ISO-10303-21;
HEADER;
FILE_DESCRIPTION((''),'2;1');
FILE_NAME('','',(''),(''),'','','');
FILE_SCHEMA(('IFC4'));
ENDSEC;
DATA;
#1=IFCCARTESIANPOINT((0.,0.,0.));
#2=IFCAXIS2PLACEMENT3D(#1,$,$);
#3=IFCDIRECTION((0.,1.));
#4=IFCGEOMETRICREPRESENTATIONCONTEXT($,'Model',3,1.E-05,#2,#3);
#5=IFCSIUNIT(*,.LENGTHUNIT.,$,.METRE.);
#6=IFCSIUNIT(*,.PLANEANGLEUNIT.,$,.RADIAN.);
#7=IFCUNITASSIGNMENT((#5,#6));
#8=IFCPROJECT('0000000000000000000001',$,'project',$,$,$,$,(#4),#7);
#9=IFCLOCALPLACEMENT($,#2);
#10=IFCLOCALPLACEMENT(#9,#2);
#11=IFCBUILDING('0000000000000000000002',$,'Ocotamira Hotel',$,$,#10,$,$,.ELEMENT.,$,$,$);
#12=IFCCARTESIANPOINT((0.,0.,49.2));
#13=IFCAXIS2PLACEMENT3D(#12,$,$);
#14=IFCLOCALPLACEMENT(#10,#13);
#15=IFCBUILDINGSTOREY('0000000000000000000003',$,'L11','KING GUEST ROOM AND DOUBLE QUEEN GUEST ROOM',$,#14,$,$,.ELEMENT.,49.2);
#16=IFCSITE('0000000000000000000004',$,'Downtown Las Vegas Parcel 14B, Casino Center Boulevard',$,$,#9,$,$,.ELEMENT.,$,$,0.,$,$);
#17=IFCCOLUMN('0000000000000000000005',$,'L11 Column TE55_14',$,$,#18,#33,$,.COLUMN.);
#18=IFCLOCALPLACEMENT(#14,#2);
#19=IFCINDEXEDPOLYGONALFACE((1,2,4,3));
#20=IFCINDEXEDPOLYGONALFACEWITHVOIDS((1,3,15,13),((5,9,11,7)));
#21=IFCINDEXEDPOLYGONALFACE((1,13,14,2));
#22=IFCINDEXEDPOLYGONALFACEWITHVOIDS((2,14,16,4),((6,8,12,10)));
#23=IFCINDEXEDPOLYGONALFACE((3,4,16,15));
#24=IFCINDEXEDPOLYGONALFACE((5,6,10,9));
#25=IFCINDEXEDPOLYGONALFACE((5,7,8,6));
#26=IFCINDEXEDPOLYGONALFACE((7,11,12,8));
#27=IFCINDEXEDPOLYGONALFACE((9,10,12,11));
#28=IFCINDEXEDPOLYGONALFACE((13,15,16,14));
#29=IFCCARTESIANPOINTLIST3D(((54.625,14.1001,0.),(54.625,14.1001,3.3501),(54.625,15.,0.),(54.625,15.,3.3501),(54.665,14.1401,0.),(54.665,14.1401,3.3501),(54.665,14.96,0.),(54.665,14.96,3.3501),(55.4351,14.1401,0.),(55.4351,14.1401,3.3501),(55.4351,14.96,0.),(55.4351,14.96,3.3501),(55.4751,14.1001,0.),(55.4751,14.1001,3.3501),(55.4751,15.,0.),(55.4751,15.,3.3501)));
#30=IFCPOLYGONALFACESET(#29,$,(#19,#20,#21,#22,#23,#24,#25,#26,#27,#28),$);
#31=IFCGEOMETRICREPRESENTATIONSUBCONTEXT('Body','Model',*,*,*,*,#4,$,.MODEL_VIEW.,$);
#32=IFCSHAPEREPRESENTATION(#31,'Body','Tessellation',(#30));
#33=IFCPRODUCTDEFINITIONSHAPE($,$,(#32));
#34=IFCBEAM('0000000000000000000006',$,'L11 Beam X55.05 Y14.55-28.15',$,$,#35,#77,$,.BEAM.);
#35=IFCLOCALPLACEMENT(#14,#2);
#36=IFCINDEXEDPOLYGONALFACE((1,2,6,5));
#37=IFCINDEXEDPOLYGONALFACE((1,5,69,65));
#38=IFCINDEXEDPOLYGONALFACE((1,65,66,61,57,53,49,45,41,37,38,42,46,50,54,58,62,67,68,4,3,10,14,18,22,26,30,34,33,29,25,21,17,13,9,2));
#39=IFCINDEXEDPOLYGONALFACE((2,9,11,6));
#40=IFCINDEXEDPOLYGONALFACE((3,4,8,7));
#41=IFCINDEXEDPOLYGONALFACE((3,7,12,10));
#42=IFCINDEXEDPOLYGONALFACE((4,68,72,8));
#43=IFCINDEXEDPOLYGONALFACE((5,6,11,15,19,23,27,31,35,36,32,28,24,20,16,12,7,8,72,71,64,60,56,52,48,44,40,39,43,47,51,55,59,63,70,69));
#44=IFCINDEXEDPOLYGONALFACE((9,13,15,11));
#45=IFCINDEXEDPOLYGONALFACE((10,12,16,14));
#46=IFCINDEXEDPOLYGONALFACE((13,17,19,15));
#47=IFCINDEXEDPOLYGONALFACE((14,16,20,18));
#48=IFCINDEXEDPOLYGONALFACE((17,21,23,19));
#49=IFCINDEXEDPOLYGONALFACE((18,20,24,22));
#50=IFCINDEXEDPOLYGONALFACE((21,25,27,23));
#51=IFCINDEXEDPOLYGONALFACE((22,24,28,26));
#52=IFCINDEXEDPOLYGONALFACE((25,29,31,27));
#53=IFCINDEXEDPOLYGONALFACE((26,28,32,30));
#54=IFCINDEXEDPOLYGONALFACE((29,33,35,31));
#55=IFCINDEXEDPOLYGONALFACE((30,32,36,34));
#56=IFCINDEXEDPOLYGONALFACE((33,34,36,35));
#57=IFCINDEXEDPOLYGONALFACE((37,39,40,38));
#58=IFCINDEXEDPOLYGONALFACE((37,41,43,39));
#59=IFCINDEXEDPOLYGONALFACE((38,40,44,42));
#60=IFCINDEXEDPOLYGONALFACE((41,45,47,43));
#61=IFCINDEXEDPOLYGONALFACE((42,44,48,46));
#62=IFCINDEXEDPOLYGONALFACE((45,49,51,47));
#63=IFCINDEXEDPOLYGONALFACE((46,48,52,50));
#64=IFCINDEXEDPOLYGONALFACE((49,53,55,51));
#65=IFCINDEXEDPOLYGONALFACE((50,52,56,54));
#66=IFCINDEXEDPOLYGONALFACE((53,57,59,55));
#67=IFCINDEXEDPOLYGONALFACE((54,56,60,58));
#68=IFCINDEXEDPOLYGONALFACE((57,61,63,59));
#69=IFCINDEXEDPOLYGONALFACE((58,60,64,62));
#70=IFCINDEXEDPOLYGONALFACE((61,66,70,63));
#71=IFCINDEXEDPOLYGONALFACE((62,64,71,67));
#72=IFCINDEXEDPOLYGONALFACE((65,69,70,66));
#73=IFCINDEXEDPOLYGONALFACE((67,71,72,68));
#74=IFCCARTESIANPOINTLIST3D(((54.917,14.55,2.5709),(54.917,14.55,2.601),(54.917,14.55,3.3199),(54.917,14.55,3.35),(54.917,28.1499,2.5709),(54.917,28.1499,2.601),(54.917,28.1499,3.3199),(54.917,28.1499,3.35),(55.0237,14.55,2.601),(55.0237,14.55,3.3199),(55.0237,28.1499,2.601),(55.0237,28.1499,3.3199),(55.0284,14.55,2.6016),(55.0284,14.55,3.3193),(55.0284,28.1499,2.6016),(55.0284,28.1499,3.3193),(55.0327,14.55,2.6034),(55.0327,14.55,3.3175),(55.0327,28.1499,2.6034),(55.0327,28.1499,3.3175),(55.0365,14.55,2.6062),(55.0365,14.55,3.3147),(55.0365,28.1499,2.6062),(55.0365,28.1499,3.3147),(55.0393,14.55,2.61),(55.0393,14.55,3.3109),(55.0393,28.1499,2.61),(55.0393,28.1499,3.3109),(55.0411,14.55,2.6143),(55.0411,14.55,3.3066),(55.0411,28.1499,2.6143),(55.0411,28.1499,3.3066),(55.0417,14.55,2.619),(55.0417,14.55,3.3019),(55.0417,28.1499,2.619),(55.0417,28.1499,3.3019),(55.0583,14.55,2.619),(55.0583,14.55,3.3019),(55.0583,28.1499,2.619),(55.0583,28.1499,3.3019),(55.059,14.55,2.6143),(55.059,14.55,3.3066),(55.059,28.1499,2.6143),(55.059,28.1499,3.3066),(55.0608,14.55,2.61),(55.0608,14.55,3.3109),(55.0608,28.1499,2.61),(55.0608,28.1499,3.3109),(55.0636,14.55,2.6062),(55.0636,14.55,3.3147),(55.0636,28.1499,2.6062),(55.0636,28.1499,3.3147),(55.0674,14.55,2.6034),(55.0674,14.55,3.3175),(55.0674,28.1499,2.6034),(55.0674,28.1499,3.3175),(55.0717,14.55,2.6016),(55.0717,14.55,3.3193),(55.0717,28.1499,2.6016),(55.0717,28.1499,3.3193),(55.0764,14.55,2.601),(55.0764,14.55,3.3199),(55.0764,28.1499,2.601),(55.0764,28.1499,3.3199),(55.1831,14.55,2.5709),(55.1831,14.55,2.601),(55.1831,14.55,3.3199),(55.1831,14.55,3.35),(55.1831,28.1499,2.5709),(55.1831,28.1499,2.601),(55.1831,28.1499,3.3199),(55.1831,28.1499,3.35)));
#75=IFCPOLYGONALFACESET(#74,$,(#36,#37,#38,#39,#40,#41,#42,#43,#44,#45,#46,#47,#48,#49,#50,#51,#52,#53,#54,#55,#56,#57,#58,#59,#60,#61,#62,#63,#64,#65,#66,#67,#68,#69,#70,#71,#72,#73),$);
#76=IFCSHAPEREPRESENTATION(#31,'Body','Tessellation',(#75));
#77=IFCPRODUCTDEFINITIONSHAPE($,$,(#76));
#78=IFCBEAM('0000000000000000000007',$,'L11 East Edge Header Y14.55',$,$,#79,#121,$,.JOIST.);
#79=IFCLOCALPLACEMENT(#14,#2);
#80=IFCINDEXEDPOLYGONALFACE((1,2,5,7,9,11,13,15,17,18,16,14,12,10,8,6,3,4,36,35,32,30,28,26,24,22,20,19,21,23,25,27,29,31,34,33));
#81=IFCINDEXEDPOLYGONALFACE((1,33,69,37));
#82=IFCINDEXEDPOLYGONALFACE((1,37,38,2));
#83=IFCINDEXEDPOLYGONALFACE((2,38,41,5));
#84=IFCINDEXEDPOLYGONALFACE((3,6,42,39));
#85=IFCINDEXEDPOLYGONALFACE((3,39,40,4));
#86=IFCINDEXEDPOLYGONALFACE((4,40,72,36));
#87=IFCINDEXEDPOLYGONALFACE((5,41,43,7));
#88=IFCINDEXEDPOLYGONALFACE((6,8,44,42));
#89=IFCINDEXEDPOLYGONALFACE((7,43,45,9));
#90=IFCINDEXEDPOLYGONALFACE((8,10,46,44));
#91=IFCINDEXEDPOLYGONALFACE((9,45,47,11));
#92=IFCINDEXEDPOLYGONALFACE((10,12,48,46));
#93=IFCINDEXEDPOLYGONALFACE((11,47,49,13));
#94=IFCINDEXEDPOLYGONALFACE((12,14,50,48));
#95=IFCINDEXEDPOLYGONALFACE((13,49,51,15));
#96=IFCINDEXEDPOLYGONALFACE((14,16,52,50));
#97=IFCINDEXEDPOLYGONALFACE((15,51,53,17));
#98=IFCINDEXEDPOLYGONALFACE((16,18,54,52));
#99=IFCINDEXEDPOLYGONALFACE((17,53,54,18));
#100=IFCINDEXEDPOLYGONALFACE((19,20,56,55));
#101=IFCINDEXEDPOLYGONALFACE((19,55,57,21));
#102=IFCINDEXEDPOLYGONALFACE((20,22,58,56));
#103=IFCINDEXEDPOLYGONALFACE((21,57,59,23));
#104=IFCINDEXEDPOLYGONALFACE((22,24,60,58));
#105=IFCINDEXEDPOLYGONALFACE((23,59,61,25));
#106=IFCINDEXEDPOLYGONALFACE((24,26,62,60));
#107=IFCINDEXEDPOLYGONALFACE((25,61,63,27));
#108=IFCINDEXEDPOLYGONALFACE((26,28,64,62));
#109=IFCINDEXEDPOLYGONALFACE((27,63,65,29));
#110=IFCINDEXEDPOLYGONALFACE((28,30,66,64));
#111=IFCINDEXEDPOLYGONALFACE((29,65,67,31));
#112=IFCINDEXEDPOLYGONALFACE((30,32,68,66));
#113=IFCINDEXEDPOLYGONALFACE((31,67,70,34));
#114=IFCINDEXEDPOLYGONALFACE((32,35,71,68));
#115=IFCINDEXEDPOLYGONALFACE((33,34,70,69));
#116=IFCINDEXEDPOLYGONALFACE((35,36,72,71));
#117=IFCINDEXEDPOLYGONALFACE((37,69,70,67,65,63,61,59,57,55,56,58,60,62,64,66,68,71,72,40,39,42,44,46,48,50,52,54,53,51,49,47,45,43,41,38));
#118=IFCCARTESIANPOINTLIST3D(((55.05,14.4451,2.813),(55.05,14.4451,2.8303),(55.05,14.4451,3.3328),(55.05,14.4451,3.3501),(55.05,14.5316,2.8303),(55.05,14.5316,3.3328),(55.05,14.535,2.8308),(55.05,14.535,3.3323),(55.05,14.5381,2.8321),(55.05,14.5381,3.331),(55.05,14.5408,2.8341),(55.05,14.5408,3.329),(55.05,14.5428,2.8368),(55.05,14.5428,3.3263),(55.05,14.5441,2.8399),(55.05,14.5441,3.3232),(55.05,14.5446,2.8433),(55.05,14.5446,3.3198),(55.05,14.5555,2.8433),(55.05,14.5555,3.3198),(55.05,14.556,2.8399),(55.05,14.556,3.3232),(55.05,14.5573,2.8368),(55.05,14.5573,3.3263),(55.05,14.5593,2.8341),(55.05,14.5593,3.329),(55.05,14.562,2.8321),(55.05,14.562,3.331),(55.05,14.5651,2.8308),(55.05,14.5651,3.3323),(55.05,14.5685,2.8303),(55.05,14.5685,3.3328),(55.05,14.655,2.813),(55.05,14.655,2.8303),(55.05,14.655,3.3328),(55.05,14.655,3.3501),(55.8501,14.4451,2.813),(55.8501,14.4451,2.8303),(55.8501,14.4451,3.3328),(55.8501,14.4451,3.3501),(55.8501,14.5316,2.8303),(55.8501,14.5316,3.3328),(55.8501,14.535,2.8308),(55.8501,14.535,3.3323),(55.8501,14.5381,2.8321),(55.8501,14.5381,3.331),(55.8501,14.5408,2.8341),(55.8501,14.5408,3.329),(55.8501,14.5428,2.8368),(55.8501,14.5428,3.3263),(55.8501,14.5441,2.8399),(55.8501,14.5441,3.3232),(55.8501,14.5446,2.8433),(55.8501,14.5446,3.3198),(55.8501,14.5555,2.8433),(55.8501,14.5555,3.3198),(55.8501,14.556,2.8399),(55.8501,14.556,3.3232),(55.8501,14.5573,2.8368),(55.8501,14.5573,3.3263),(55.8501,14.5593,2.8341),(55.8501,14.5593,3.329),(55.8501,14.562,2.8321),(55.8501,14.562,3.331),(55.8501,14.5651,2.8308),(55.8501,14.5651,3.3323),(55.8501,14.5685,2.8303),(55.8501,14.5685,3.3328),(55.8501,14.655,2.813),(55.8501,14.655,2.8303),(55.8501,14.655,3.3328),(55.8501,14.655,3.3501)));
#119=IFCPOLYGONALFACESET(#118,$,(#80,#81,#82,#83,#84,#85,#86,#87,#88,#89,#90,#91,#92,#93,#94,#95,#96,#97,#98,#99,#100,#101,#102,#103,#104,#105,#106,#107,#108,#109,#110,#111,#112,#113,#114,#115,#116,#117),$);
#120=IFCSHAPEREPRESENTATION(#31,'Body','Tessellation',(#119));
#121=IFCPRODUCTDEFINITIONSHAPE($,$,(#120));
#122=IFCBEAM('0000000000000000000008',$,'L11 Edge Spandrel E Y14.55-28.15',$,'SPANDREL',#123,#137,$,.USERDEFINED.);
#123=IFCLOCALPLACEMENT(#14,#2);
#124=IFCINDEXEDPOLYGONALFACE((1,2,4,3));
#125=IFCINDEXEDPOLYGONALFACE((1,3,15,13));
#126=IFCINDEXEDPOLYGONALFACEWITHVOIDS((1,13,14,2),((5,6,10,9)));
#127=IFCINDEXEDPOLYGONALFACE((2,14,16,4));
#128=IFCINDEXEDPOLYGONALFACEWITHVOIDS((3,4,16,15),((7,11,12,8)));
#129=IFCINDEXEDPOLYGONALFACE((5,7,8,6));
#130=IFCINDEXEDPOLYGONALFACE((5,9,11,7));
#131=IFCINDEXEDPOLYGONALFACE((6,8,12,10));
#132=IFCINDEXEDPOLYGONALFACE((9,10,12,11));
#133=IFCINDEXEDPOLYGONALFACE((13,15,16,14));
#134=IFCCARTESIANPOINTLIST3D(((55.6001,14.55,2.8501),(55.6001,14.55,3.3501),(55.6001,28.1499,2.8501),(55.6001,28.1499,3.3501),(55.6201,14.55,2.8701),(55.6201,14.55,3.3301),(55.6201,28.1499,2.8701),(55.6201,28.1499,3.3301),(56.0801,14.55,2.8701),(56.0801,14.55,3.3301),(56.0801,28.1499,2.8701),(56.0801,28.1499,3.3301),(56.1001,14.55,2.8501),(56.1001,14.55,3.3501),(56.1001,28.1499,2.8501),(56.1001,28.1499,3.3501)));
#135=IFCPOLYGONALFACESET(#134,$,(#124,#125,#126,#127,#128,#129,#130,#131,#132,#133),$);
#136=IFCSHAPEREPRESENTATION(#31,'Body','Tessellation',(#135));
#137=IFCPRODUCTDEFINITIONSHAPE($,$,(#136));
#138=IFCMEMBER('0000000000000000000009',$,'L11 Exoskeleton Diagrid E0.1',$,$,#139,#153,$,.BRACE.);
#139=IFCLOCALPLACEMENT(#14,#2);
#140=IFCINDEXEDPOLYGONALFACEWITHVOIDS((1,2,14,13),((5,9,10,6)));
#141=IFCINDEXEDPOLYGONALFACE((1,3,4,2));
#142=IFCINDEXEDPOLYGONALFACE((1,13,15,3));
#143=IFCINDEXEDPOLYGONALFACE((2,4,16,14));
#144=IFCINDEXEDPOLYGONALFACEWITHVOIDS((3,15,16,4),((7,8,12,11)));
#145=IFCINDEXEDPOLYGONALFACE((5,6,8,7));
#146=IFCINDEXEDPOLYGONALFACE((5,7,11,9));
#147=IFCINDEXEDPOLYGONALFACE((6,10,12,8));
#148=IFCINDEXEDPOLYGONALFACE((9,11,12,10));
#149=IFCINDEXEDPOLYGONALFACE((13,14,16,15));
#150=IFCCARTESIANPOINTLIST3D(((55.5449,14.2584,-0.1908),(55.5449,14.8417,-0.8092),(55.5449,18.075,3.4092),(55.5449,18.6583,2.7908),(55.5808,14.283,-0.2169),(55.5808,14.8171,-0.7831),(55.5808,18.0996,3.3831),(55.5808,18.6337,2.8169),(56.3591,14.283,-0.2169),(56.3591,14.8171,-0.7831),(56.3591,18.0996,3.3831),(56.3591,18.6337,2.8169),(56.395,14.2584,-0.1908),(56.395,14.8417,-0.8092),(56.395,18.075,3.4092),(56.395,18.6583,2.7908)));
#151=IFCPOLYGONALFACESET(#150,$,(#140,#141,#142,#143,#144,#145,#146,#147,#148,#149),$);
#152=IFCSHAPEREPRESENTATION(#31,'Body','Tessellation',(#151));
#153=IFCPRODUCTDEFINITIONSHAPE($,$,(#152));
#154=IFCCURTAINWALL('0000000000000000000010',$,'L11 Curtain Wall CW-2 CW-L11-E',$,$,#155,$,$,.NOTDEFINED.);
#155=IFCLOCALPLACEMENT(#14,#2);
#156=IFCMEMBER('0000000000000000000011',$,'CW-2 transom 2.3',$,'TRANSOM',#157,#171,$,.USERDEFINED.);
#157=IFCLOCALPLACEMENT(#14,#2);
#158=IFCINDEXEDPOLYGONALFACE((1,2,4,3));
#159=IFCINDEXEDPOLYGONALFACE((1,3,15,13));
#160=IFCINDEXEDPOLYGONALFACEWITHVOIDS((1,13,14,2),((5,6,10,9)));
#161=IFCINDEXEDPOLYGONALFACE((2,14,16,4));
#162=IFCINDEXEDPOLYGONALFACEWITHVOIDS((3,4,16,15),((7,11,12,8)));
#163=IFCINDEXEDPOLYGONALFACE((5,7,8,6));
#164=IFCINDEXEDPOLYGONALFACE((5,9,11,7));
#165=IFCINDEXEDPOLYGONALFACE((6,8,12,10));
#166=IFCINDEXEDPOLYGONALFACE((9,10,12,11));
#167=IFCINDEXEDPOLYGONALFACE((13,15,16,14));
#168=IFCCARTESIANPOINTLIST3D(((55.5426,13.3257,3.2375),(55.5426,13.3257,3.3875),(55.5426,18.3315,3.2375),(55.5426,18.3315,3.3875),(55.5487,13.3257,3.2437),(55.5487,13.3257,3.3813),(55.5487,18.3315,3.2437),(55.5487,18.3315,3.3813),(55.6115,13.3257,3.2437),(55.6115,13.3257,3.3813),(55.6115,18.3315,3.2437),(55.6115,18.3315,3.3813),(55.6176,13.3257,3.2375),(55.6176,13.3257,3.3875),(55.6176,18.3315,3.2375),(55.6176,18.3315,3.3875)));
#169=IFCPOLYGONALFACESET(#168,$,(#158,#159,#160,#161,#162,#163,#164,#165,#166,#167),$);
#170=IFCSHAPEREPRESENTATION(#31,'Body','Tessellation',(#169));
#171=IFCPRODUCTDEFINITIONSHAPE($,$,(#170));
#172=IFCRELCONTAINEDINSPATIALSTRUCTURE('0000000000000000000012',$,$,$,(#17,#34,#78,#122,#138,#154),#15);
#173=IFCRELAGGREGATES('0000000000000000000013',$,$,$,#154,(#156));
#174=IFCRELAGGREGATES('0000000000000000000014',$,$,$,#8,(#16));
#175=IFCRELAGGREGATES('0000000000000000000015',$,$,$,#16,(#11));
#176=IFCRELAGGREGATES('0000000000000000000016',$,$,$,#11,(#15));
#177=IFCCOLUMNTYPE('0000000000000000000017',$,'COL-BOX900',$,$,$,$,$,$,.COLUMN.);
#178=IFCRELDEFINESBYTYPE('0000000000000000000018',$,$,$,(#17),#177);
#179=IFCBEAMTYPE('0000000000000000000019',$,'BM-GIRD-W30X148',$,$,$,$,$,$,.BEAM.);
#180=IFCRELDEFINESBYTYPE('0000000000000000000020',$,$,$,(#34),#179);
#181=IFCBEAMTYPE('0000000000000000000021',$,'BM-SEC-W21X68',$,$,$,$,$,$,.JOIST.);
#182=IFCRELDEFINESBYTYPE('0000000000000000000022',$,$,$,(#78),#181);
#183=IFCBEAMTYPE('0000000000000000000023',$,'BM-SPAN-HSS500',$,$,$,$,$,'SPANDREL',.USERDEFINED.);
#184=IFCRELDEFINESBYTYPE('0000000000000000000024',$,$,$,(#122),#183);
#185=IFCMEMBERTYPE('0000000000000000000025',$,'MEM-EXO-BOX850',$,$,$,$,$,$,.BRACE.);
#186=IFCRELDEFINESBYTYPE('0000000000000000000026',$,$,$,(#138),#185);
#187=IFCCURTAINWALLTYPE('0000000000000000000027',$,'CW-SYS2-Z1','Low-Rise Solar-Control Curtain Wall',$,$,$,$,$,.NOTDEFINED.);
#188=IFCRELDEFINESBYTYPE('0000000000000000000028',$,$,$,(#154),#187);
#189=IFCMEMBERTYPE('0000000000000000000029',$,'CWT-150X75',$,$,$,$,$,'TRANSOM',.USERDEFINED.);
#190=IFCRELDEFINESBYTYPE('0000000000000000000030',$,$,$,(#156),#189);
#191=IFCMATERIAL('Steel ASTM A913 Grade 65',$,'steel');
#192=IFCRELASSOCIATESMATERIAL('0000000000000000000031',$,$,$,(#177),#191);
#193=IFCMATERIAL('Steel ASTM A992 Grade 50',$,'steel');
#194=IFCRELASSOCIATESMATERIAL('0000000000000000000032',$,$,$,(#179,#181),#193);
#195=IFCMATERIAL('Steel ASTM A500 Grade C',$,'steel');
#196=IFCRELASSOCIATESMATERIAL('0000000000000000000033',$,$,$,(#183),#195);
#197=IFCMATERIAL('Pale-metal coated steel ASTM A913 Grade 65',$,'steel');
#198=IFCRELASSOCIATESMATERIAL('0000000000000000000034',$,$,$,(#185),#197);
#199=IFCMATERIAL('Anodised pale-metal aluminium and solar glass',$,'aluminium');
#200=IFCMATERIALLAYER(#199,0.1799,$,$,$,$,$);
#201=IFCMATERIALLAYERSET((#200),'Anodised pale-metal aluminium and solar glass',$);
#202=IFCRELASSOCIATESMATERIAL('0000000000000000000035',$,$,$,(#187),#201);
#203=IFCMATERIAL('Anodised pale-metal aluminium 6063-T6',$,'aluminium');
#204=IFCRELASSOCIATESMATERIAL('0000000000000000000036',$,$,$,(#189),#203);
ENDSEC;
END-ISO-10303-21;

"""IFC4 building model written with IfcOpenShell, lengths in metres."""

from ifc_helpers import new_model, si_unit, direction, frame, origin, origin_2d, place, context, subcontext, project, spatial, hollow_rectangle, i_section, extrude, source, transform, mapped, material, layer, layer_set, material_profile, profile_set, type_object, element, aggregate, save


model = new_model("IFC4")

# Units and contexts
model_context = context("Model", 3, precision=1e-05, world=origin(), true_north=direction((0.0, 1.0)))
body_context = subcontext(model_context, "Body", "Model", "MODEL_VIEW")
ifc_project = project(units=[si_unit("LENGTHUNIT", "METRE"), si_unit("PLANEANGLEUNIT", "RADIAN")], contexts=[model_context])

# Site, building, storey
site_placement = place(None, origin())
site = spatial("IfcSite", under=ifc_project, at=site_placement, Name="Downtown Las Vegas Parcel 14B, Casino Center Boulevard", CompositionType="ELEMENT", RefElevation=0.0)
building_placement = place(site_placement, origin())
building = spatial("IfcBuilding", under=site, at=building_placement, Name="Ocotamira Hotel", CompositionType="ELEMENT")
storey_placement = place(building_placement, frame((0.0, 0.0, 49.2)))
storey = spatial("IfcBuildingStorey", under=building, at=storey_placement, Name="L11", Description="KING GUEST ROOM AND DOUBLE QUEEN GUEST ROOM", CompositionType="ELEMENT", Elevation=49.2)

# Column
ifc_material_1 = material(Name="Steel ASTM A913 Grade 65", Category="steel")
ifc_material_profile_1 = material_profile(ifc_material_1, hollow_rectangle(XDim=0.8501, YDim=0.8999, WallThickness=0.04, at=origin_2d()), Name="BOX900X850X40")
ifc_profile_set_1 = profile_set([ifc_material_profile_1], Name="Steel ASTM A913 Grade 65")
column_type = type_object("IfcColumnType", Name="COL-BOX900", PredefinedType="COLUMN", material=ifc_profile_set_1)
shared_shape_1 = source(origin(), body_context, "Body", "SweptSolid", [
    extrude(hollow_rectangle(XDim=0.8501, YDim=0.8999, WallThickness=0.04, at=origin_2d()), origin(), (0.0, 0.0, 1.0), 3.3501),
])
column_placement = place(storey_placement, frame((55.05, 14.55, 0.0), z_axis=(0.0, 0.0, 1.0), x_axis=(1.0, 0.0, 0.0)))
element("IfcColumn", 1, at=column_placement, inside=storey, type_object=column_type, Name="L11 Column TE55_14", PredefinedType="COLUMN", context=body_context, shape_type="MappedRepresentation", body=[
    mapped(shared_shape_1, transform((0.0, 0.0, 0.0), scale=1.0)),
])

# Beams
ifc_material_2 = material(Name="Steel ASTM A992 Grade 50", Category="steel")
ifc_material_profile_2 = material_profile(ifc_material_2, i_section(OverallWidth=0.2661, OverallDepth=0.7791, WebThickness=0.0166, FlangeThickness=0.03, FilletRadius=0.0181, at=origin_2d()), Name="W30X148")
ifc_profile_set_2 = profile_set([ifc_material_profile_2], Name="Steel ASTM A992 Grade 50")
beam_type_1 = type_object("IfcBeamType", Name="BM-GIRD-W30X148", PredefinedType="BEAM", material=ifc_profile_set_2)
shared_shape_2 = source(origin(), body_context, "Body", "SweptSolid", [
    extrude(i_section(OverallWidth=0.2661, OverallDepth=0.7791, WebThickness=0.0166, FlangeThickness=0.03, FilletRadius=0.0181, at=origin_2d()), origin(), (0.0, 0.0, 1.0), 13.5999),
])
beam_1_placement = place(storey_placement, frame((55.05, 14.55, 2.9604), z_axis=(0.0, 1.0, 0.0), x_axis=(-1.0, 0.0, 0.0)))
element("IfcBeam", 2, at=beam_1_placement, inside=storey, type_object=beam_type_1, Name="L11 Beam X55.05 Y14.55-28.15", PredefinedType="BEAM", context=body_context, shape_type="MappedRepresentation", body=[
    mapped(shared_shape_2, transform((0.0, 0.0, 0.0), scale=1.0)),
])
ifc_material_profile_3 = material_profile(ifc_material_2, i_section(OverallWidth=0.21, OverallDepth=0.5371, WebThickness=0.011, FlangeThickness=0.0173, FilletRadius=0.0129, at=origin_2d()), Name="W21X68")
ifc_profile_set_3 = profile_set([ifc_material_profile_3], Name="Steel ASTM A992 Grade 50")
beam_type_2 = type_object("IfcBeamType", Name="BM-SEC-W21X68", PredefinedType="JOIST", material=ifc_profile_set_3)
shared_shape_3 = source(origin(), body_context, "Body", "SweptSolid", [
    extrude(i_section(OverallWidth=0.21, OverallDepth=0.5371, WebThickness=0.011, FlangeThickness=0.0173, FilletRadius=0.0129, at=origin_2d()), origin(), (0.0, 0.0, 1.0), 0.8),
])
beam_2_placement = place(storey_placement, frame((55.05, 14.55, 3.0815), z_axis=(1.0, 0.0, 0.0), x_axis=(0.0, 1.0, 0.0)))
element("IfcBeam", 3, at=beam_2_placement, inside=storey, type_object=beam_type_2, Name="L11 East Edge Header Y14.55", PredefinedType="JOIST", context=body_context, shape_type="MappedRepresentation", body=[
    mapped(shared_shape_3, transform((0.0, 0.0, 0.0), scale=1.0)),
])
ifc_material_3 = material(Name="Steel ASTM A500 Grade C", Category="steel")
ifc_material_profile_4 = material_profile(ifc_material_3, hollow_rectangle(XDim=0.5, YDim=0.5, WallThickness=0.02, at=origin_2d()), Name="HSS500X500X20")
ifc_profile_set_4 = profile_set([ifc_material_profile_4], Name="Steel ASTM A500 Grade C")
beam_type_3 = type_object("IfcBeamType", Name="BM-SPAN-HSS500", ElementType="SPANDREL", PredefinedType="USERDEFINED", material=ifc_profile_set_4)
shared_shape_4 = source(origin(), body_context, "Body", "SweptSolid", [
    extrude(hollow_rectangle(XDim=0.5, YDim=0.5, WallThickness=0.02, at=origin_2d()), origin(), (0.0, 0.0, 1.0), 13.5999),
])
beam_3_placement = place(storey_placement, frame((55.8501, 14.55, 3.1001), z_axis=(0.0, 1.0, 0.0), x_axis=(-1.0, 0.0, 0.0)))
element("IfcBeam", 4, at=beam_3_placement, inside=storey, type_object=beam_type_3, Name="L11 Edge Spandrel E Y14.55-28.15", ObjectType="SPANDREL", PredefinedType="USERDEFINED", context=body_context, shape_type="MappedRepresentation", body=[
    mapped(shared_shape_4, transform((0.0, 0.0, 0.0), scale=1.0)),
])

# Member
ifc_material_4 = material(Name="Pale-metal coated steel ASTM A913 Grade 65", Category="steel")
ifc_material_profile_5 = material_profile(ifc_material_4, hollow_rectangle(XDim=0.8501, YDim=0.8501, WallThickness=0.0359, at=origin_2d()), Name="BOX850X850X36")
ifc_profile_set_5 = profile_set([ifc_material_profile_5], Name="Pale-metal coated steel ASTM A913 Grade 65")
member_type_1 = type_object("IfcMemberType", Name="MEM-EXO-BOX850", PredefinedType="BRACE", material=ifc_profile_set_5)
shared_shape_5 = source(origin(), body_context, "Body", "SweptSolid", [
    extrude(hollow_rectangle(XDim=0.8501, YDim=0.8501, WallThickness=0.0359, at=origin_2d()), origin(), (0.0, 0.0, 1.0), 5.2466),
])
member_1_placement = place(storey_placement, frame((55.97, 14.55, -0.5), z_axis=(0.0, 0.727443, 0.686168), x_axis=(-1.0, 0.0, 0.0)))
element("IfcMember", 5, at=member_1_placement, inside=storey, type_object=member_type_1, Name="L11 Exoskeleton Diagrid E0.1", PredefinedType="BRACE", context=body_context, shape_type="MappedRepresentation", body=[
    mapped(shared_shape_5, transform((0.0, 0.0, 0.0), scale=1.0)),
])

# Curtain wall, member
ifc_material_5 = material(Name="Anodised pale-metal aluminium and solar glass", Category="aluminium")
ifc_layer_1 = layer(ifc_material_5, 0.1799)
ifc_layer_set_1 = layer_set([ifc_layer_1], Name="Anodised pale-metal aluminium and solar glass")
curtain_wall_type = type_object("IfcCurtainWallType", Name="CW-SYS2-Z1", Description="Low-Rise Solar-Control Curtain Wall", PredefinedType="NOTDEFINED", material=ifc_layer_set_1)
curtain_wall_placement = place(storey_placement, origin())
curtain_wall = element("IfcCurtainWall", 6, at=curtain_wall_placement, inside=storey, type_object=curtain_wall_type, Name="L11 Curtain Wall CW-2 CW-L11-E", PredefinedType="NOTDEFINED")
ifc_material_6 = material(Name="Anodised pale-metal aluminium 6063-T6", Category="aluminium")
ifc_material_profile_6 = material_profile(ifc_material_6, hollow_rectangle(XDim=0.075, YDim=0.1499, WallThickness=0.0061, at=origin_2d()), Name="HSS150X75X6")
ifc_profile_set_6 = profile_set([ifc_material_profile_6], Name="Anodised pale-metal aluminium 6063-T6")
member_type_2 = type_object("IfcMemberType", Name="CWT-150X75", ElementType="TRANSOM", PredefinedType="USERDEFINED", material=ifc_profile_set_6)
shared_shape_6 = source(origin(), body_context, "Body", "SweptSolid", [
    extrude(hollow_rectangle(XDim=0.075, YDim=0.1499, WallThickness=0.0061, at=origin_2d()), origin(), (0.0, 0.0, 1.0), 5.0059),
])
member_2_placement = place(storey_placement, frame((55.5801, 13.3257, 3.3125), z_axis=(0.0, 1.0, 0.0), x_axis=(-1.0, 0.0, 0.0)))
member_2 = element("IfcMember", 7, at=member_2_placement, type_object=member_type_2, Name="CW-2 transom 2.3", ObjectType="TRANSOM", PredefinedType="USERDEFINED", context=body_context, shape_type="MappedRepresentation", body=[
    mapped(shared_shape_6, transform((0.0, 0.0, 0.0), scale=1.0)),
])

aggregate(curtain_wall, [member_2])

save(model, "model.ifc")
